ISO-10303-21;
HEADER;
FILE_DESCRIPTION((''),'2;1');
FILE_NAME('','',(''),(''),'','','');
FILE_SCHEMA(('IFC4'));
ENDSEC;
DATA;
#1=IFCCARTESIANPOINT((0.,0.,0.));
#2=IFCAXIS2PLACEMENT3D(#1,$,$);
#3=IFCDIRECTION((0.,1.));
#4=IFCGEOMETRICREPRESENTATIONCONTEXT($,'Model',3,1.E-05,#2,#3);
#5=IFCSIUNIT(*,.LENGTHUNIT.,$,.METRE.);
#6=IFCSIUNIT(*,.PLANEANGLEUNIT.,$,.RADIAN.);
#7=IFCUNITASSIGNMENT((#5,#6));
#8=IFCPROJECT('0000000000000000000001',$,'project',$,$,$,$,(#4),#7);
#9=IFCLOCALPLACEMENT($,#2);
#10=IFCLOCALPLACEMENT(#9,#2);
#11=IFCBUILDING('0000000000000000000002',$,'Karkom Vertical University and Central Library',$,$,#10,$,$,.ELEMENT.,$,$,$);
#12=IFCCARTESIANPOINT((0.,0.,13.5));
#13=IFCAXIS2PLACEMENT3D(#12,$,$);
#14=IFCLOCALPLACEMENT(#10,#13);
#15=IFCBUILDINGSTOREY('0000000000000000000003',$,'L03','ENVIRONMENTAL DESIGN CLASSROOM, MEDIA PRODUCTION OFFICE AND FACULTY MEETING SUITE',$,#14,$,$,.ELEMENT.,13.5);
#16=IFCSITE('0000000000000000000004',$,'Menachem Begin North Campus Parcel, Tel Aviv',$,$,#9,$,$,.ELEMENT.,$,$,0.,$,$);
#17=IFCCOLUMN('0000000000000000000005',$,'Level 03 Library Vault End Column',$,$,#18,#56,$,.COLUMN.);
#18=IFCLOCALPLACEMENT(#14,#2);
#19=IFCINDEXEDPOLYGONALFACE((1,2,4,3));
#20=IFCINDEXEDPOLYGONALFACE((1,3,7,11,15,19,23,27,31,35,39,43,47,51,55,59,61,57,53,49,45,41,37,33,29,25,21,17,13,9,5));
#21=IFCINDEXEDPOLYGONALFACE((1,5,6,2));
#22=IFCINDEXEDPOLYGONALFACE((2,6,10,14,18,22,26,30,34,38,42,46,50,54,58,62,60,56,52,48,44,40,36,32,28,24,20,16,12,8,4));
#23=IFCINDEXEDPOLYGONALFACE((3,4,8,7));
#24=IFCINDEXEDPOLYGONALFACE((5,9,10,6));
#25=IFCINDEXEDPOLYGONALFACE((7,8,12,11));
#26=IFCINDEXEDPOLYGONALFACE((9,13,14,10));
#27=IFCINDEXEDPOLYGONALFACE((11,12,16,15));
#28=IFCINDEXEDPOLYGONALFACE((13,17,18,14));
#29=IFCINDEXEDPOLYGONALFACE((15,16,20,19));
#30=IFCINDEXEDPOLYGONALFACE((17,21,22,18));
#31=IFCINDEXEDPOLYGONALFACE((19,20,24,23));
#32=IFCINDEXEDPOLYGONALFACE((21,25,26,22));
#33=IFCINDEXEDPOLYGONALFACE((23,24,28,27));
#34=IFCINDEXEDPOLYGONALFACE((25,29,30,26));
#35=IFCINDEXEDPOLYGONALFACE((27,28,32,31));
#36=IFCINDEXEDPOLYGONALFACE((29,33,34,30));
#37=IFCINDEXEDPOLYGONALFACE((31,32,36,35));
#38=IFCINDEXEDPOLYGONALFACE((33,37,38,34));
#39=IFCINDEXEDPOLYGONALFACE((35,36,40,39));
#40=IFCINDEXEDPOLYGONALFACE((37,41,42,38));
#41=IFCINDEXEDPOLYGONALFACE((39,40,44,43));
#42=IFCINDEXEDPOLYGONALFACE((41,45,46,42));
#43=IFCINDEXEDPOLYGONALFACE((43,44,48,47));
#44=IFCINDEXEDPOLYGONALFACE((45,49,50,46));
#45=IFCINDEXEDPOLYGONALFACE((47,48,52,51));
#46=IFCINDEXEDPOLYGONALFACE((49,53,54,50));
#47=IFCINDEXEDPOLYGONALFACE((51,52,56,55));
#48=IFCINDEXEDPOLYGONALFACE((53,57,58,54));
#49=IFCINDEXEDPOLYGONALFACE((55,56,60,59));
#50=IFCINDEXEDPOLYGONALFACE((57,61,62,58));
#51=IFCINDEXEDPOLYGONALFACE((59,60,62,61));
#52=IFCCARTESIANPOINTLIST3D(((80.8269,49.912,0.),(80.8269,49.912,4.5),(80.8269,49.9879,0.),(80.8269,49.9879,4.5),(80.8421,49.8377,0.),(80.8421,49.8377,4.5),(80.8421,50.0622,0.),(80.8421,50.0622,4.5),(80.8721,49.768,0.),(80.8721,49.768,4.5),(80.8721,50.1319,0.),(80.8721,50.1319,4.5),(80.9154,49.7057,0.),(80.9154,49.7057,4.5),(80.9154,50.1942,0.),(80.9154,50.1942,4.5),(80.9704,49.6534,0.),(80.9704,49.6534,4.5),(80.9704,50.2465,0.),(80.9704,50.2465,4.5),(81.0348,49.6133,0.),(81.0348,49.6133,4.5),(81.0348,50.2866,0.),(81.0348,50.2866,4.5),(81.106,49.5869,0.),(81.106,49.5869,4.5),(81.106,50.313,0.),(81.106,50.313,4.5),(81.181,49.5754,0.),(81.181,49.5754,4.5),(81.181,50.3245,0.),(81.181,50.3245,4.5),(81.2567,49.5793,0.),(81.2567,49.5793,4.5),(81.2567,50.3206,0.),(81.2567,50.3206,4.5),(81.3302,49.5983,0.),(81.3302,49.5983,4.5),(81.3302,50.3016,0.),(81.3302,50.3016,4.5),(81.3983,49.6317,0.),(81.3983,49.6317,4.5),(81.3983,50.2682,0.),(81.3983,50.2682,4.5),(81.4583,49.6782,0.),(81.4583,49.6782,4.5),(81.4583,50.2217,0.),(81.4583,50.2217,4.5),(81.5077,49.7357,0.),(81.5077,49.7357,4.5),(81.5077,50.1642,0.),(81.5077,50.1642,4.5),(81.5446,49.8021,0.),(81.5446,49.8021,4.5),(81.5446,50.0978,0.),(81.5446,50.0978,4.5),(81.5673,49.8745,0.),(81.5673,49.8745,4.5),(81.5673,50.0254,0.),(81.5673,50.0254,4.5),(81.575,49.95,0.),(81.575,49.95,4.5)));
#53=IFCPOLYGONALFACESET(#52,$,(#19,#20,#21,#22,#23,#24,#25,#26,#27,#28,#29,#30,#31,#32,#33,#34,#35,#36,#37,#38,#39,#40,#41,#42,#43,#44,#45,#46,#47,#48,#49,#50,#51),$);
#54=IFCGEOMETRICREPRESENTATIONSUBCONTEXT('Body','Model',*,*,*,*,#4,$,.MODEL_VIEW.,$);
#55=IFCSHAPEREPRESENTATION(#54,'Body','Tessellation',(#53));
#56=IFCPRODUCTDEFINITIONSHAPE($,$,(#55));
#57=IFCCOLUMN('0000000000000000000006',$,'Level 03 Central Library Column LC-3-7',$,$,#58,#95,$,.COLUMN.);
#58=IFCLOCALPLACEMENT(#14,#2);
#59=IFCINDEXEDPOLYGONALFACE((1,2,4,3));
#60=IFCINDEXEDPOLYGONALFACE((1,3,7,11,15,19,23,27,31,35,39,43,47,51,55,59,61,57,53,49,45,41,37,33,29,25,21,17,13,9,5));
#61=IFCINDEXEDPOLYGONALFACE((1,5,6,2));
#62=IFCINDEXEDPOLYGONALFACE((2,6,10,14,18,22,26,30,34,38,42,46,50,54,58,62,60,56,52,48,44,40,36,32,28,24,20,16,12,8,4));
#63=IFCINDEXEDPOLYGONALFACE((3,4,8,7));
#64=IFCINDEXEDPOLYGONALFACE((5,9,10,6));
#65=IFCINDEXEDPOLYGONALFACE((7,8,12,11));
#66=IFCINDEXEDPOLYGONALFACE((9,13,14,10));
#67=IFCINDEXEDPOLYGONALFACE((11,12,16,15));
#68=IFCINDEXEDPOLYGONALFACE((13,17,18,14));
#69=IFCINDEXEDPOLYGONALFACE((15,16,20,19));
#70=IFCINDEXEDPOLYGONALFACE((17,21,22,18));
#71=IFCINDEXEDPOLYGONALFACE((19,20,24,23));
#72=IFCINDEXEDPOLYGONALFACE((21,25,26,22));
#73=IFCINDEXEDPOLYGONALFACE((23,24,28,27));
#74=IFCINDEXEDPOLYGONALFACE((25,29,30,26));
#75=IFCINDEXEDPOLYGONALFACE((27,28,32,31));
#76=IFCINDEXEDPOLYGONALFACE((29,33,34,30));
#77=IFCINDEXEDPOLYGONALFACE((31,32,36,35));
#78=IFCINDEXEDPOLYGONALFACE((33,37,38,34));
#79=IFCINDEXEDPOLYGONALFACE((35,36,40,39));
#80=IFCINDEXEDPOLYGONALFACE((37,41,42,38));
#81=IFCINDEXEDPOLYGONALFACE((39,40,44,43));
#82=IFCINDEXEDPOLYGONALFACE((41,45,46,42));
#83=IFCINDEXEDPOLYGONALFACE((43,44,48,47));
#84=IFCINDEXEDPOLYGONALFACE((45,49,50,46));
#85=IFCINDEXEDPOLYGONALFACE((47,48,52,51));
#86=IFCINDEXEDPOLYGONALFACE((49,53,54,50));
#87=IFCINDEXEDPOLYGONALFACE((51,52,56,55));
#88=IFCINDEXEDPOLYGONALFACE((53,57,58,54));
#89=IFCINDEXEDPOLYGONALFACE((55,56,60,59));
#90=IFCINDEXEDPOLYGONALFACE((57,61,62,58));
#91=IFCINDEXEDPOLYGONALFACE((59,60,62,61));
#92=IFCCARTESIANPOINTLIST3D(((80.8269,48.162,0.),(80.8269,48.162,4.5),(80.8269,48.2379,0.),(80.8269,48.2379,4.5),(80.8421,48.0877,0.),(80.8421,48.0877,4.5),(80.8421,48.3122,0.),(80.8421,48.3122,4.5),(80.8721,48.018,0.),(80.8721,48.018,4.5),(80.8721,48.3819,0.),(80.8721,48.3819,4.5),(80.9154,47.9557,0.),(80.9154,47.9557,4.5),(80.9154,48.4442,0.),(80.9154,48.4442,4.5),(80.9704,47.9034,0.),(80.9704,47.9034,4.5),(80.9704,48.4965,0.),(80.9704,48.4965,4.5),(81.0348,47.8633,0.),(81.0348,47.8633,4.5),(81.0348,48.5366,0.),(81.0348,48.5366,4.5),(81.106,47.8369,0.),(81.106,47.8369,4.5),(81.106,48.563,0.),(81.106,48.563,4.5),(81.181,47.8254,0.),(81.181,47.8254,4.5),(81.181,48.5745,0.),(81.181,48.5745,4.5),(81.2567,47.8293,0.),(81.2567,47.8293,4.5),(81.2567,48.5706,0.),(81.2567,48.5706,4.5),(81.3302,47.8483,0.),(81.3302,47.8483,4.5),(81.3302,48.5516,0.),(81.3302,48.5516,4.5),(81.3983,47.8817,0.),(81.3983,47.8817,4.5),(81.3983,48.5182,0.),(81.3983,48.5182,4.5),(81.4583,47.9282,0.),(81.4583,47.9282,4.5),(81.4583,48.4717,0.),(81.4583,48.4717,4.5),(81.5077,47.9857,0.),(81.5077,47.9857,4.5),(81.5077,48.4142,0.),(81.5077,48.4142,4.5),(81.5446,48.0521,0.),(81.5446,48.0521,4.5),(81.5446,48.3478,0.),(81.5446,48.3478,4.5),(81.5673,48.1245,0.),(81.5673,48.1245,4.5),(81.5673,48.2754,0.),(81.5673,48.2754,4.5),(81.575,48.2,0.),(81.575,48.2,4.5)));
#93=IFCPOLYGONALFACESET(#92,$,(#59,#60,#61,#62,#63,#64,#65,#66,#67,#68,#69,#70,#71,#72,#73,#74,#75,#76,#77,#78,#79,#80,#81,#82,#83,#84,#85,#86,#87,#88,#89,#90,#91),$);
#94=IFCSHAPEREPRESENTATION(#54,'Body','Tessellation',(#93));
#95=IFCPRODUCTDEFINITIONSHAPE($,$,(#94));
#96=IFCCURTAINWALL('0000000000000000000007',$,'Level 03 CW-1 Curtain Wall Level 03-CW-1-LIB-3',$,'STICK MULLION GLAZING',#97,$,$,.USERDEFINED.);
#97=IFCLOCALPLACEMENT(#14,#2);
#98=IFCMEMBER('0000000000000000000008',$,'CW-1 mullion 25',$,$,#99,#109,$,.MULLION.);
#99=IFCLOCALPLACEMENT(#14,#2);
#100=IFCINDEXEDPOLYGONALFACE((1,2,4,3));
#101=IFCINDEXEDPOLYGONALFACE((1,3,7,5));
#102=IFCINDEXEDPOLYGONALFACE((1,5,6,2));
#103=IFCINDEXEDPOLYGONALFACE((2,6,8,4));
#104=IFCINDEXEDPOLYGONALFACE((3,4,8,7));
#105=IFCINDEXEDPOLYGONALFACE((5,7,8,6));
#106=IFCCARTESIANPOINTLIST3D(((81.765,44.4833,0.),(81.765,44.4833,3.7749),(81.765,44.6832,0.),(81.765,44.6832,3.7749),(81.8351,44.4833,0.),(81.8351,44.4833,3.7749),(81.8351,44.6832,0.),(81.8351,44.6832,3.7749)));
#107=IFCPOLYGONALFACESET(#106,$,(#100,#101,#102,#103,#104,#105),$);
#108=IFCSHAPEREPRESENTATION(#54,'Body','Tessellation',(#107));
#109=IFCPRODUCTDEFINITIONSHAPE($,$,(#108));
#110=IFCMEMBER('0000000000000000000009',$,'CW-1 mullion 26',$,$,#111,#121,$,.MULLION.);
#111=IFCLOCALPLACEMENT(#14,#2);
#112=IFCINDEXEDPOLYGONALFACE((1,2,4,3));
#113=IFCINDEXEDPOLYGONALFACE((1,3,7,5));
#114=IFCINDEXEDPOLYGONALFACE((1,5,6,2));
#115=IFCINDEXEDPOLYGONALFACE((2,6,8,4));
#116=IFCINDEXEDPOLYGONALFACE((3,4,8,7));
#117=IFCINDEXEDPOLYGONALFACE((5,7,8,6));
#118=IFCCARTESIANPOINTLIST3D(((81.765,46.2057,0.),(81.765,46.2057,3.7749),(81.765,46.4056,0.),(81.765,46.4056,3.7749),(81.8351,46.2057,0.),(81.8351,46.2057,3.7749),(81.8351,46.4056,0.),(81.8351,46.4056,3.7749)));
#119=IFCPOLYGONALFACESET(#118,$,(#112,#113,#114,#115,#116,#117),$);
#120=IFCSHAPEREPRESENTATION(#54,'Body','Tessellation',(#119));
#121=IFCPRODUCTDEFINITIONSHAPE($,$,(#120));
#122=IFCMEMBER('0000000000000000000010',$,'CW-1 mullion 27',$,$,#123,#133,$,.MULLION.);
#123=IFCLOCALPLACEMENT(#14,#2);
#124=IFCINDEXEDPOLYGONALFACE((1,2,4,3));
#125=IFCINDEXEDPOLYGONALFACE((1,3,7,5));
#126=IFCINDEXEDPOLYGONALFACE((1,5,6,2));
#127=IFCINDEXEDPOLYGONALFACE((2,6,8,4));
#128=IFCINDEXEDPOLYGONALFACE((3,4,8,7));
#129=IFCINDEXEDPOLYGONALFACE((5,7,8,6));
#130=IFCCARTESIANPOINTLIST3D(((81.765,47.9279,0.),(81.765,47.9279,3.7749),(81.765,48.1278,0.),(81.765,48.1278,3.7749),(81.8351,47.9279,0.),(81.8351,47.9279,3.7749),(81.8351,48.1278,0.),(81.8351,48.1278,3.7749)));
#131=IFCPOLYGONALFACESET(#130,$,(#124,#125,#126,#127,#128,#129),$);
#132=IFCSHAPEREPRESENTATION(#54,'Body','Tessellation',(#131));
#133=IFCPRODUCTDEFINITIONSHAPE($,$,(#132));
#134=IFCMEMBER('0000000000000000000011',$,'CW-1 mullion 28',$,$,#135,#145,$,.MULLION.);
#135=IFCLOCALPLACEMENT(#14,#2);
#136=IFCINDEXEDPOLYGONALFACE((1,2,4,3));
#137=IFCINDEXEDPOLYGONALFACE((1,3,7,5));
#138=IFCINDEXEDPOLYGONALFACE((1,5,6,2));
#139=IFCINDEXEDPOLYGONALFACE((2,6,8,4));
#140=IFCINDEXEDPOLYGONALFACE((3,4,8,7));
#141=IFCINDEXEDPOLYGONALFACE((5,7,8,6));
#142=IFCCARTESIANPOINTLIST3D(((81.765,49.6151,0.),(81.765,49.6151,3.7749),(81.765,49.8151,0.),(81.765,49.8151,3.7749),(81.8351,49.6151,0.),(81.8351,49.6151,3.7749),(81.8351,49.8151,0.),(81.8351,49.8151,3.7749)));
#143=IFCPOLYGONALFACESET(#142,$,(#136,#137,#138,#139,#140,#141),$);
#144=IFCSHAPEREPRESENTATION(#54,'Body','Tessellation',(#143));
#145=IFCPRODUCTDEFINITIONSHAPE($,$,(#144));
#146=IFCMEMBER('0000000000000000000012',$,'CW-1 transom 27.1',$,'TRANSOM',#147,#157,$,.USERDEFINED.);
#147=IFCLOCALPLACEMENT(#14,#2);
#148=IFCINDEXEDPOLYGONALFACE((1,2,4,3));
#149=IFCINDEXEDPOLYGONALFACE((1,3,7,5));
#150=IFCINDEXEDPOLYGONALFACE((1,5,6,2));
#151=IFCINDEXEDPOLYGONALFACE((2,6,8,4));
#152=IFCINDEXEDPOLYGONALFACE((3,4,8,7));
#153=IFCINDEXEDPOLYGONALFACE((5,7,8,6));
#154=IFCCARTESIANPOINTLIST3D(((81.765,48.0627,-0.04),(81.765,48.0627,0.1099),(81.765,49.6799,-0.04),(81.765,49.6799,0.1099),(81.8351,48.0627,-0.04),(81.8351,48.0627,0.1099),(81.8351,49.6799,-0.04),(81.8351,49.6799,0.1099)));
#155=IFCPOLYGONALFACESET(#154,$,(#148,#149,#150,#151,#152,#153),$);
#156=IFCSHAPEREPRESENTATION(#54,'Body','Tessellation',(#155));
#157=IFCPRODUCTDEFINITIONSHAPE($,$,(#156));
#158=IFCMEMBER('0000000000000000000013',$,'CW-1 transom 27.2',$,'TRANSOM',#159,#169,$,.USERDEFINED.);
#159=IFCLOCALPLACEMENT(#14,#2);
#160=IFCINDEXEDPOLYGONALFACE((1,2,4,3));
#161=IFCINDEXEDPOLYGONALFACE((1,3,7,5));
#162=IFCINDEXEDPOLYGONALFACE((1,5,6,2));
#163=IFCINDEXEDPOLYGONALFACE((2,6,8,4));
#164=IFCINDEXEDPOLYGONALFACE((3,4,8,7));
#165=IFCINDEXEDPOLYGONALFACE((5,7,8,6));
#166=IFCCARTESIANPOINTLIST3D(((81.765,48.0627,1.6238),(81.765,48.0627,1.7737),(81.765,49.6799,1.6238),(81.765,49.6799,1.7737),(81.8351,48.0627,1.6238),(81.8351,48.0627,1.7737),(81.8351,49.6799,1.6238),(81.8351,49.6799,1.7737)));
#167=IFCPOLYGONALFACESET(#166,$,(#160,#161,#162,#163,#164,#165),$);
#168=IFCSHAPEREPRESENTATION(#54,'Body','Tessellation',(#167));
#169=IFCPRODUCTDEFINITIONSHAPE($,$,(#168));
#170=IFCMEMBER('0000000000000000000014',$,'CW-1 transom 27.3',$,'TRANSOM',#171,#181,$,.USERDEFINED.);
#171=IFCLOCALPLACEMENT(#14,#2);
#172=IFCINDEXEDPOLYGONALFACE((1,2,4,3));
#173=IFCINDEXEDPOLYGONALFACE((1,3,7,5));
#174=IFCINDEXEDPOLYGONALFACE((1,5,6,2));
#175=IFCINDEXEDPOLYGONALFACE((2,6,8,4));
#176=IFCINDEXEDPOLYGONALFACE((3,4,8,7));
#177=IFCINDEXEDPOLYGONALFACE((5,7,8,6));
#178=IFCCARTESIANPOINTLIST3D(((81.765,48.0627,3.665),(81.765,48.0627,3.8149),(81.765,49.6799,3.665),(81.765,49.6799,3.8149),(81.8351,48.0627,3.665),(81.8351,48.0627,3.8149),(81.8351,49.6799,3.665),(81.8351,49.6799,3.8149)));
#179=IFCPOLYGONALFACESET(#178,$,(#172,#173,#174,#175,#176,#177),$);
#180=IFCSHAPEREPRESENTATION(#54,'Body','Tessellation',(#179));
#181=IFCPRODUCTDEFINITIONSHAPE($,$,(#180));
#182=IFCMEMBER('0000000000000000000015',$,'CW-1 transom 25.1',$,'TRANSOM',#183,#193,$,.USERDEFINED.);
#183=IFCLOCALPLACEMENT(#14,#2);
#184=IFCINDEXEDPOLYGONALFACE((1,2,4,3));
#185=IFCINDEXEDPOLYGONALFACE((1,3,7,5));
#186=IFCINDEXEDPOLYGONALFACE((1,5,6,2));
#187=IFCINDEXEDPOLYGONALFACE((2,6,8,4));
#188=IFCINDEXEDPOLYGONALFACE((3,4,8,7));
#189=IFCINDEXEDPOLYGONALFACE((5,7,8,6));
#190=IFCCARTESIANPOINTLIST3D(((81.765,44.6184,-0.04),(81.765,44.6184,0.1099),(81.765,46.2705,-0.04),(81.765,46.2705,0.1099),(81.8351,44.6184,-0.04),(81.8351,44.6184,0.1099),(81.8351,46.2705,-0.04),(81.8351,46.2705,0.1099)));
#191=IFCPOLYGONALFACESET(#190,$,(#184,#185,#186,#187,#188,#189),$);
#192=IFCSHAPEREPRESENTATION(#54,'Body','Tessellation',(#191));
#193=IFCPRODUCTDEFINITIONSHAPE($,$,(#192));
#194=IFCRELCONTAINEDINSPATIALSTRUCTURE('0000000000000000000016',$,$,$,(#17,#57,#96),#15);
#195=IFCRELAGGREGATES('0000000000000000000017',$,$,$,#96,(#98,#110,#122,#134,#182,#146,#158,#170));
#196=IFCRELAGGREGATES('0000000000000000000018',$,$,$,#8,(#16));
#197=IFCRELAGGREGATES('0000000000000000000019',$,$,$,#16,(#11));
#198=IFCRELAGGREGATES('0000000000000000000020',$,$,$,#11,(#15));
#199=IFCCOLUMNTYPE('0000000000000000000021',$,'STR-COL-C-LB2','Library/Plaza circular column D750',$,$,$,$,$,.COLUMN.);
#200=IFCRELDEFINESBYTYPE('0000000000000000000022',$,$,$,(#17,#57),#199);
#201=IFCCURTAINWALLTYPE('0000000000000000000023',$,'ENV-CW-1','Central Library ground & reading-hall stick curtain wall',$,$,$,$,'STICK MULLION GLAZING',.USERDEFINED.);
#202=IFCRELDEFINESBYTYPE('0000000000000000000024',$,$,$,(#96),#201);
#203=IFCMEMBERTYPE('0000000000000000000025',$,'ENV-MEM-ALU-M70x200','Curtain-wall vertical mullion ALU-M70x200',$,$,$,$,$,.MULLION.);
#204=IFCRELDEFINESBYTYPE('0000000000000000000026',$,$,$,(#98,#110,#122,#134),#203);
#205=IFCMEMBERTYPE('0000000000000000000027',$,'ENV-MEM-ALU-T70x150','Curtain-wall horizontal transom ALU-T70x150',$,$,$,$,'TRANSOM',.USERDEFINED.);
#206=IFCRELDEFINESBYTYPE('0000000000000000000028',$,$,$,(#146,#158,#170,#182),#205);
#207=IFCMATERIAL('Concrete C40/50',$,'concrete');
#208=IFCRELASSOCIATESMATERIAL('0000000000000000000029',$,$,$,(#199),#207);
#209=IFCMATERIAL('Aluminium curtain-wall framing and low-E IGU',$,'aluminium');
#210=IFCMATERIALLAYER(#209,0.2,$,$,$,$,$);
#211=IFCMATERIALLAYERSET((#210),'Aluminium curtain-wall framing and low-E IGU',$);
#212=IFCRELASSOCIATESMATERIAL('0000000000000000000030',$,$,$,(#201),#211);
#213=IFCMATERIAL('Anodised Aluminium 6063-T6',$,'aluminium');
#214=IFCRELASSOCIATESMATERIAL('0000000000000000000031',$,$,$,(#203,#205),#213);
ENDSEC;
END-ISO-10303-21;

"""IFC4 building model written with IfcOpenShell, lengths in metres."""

from ifc_helpers import new_model, si_unit, direction, frame, origin, origin_with_axes, origin_2d, place, context, subcontext, project, spatial, rectangle, circle, extrude, source, transform, mapped, material, layer, layer_set, material_profile, profile_set, type_object, element, aggregate, save


model = new_model("IFC4")

# Units and contexts
model_context = context("Model", 3, precision=1e-05, world=origin(), true_north=direction((0.0, 1.0)))
body_context = subcontext(model_context, "Body", "Model", "MODEL_VIEW")
ifc_project = project(units=[si_unit("LENGTHUNIT", "METRE"), si_unit("PLANEANGLEUNIT", "RADIAN")], contexts=[model_context])

# Site, building, storey
site_placement = place(None, origin())
site = spatial("IfcSite", under=ifc_project, at=site_placement, Name="Menachem Begin North Campus Parcel, Tel Aviv", CompositionType="ELEMENT", RefElevation=0.0)
building_placement = place(site_placement, origin())
building = spatial("IfcBuilding", under=site, at=building_placement, Name="Karkom Vertical University and Central Library", CompositionType="ELEMENT")
storey_placement = place(building_placement, frame((0.0, 0.0, 13.5)))
storey = spatial("IfcBuildingStorey", under=building, at=storey_placement, Name="L03", Description="ENVIRONMENTAL DESIGN CLASSROOM, MEDIA PRODUCTION OFFICE AND FACULTY MEETING SUITE", CompositionType="ELEMENT", Elevation=13.5)

# Columns
ifc_material_1 = material(Name="Concrete C40/50", Category="concrete")
ifc_material_profile_1 = material_profile(ifc_material_1, circle(Radius=0.375, at=origin_2d()), Name="RC-D750")
ifc_profile_set_1 = profile_set([ifc_material_profile_1], Name="Concrete C40/50")
column_type = type_object("IfcColumnType", Name="STR-COL-C-LB2", Description="Library/Plaza circular column D750", PredefinedType="COLUMN", material=ifc_profile_set_1)
shared_shape_1 = source(origin_with_axes(), body_context, "Body", "SweptSolid", [
    extrude(circle(Radius=0.375, at=origin_2d()), origin(), (0.0, 0.0, 1.0), 4.5),
])
for number, where, z_axis, x_axis, name in (
    (1, (81.2, 49.95, 0.0), (0.0, 0.0, 1.0), (1.0, 0.0, 0.0), "Level 03 Library Vault End Column"),
    (2, (81.2, 48.2, 0.0), (0.0, 0.0, 1.0), (1.0, 0.0, 0.0), "Level 03 Central Library Column LC-3-7"),
):
    element("IfcColumn", number, at=place(storey_placement, frame(where, z_axis=z_axis, x_axis=x_axis)), inside=storey, type_object=column_type, Name=name, PredefinedType="COLUMN", context=body_context, shape_type="MappedRepresentation", body=[
        mapped(shared_shape_1, transform((0.0, 0.0, 0.0), scale=1.0)),
    ])

# Curtain wall, members
ifc_material_2 = material(Name="Aluminium curtain-wall framing and low-E IGU", Category="aluminium")
ifc_layer_1 = layer(ifc_material_2, 0.2)
ifc_layer_set_1 = layer_set([ifc_layer_1], Name="Aluminium curtain-wall framing and low-E IGU")
curtain_wall_type = type_object("IfcCurtainWallType", Name="ENV-CW-1", Description="Central Library ground & reading-hall stick curtain wall", ElementType="STICK MULLION GLAZING", PredefinedType="USERDEFINED", material=ifc_layer_set_1)
curtain_wall_placement = place(storey_placement, origin())
curtain_wall = element("IfcCurtainWall", 3, at=curtain_wall_placement, inside=storey, type_object=curtain_wall_type, Name="Level 03 CW-1 Curtain Wall Level 03-CW-1-LIB-3", ObjectType="STICK MULLION GLAZING", PredefinedType="USERDEFINED")
ifc_material_3 = material(Name="Anodised Aluminium 6063-T6", Category="aluminium")
ifc_material_profile_2 = material_profile(ifc_material_3, rectangle(XDim=0.0701, YDim=0.2, at=origin_2d()), Name="ALU-M70x200")
ifc_profile_set_2 = profile_set([ifc_material_profile_2], Name="Anodised Aluminium 6063-T6")
member_type_1 = type_object("IfcMemberType", Name="ENV-MEM-ALU-M70x200", Description="Curtain-wall vertical mullion ALU-M70x200", PredefinedType="MULLION", material=ifc_profile_set_2)
shared_shape_2 = source(origin_with_axes(), body_context, "Body", "SweptSolid", [
    extrude(rectangle(XDim=0.0701, YDim=0.2, at=origin_2d()), origin(), (0.0, 0.0, 1.0), 3.7749),
])
member_1_placement = place(storey_placement, frame((81.8, 44.5833, 0.0), z_axis=(0.0, 0.0, 1.0), x_axis=(-1.0, 0.0, 0.0)))
member_1 = element("IfcMember", 4, at=member_1_placement, type_object=member_type_1, Name="CW-1 mullion 25", PredefinedType="MULLION", context=body_context, shape_type="MappedRepresentation", body=[
    mapped(shared_shape_2, transform((0.0, 0.0, 0.0), scale=1.0)),
])
member_2_placement = place(storey_placement, frame((81.8, 46.3057, 0.0), z_axis=(0.0, 0.0, 1.0), x_axis=(-1.0, 0.0, 0.0)))
member_2 = element("IfcMember", 5, at=member_2_placement, type_object=member_type_1, Name="CW-1 mullion 26", PredefinedType="MULLION", context=body_context, shape_type="MappedRepresentation", body=[
    mapped(shared_shape_2, transform((0.0, 0.0, 0.0), scale=1.0)),
])
member_3_placement = place(storey_placement, frame((81.8, 48.0278, 0.0), z_axis=(0.0, 0.0, 1.0), x_axis=(-1.0, 0.0, 0.0)))
member_3 = element("IfcMember", 6, at=member_3_placement, type_object=member_type_1, Name="CW-1 mullion 27", PredefinedType="MULLION", context=body_context, shape_type="MappedRepresentation", body=[
    mapped(shared_shape_2, transform((0.0, 0.0, 0.0), scale=1.0)),
])
member_4_placement = place(storey_placement, frame((81.8, 49.7151, 0.0), z_axis=(0.0, 0.0, 1.0), x_axis=(-1.0, 0.0, 0.0)))
member_4 = element("IfcMember", 7, at=member_4_placement, type_object=member_type_1, Name="CW-1 mullion 28", PredefinedType="MULLION", context=body_context, shape_type="MappedRepresentation", body=[
    mapped(shared_shape_2, transform((0.0, 0.0, 0.0), scale=1.0)),
])
ifc_material_profile_3 = material_profile(ifc_material_3, rectangle(XDim=0.0701, YDim=0.1499, at=origin_2d()), Name="ALU-T70x150")
ifc_profile_set_3 = profile_set([ifc_material_profile_3], Name="Anodised Aluminium 6063-T6")
member_type_2 = type_object("IfcMemberType", Name="ENV-MEM-ALU-T70x150", Description="Curtain-wall horizontal transom ALU-T70x150", ElementType="TRANSOM", PredefinedType="USERDEFINED", material=ifc_profile_set_3)
shared_shape_3 = source(origin_with_axes(), body_context, "Body", "SweptSolid", [
    extrude(rectangle(XDim=0.0701, YDim=0.1499, at=origin_2d()), origin(), (0.0, 0.0, 1.0), 1.6172),
])
member_5_placement = place(storey_placement, frame((81.8, 48.0627, 0.0349), z_axis=(0.0, 1.0, 0.0), x_axis=(-1.0, 0.0, 0.0)))
member_5 = element("IfcMember", 8, at=member_5_placement, type_object=member_type_2, Name="CW-1 transom 27.1", ObjectType="TRANSOM", PredefinedType="USERDEFINED", context=body_context, shape_type="MappedRepresentation", body=[
    mapped(shared_shape_3, transform((0.0, 0.0, 0.0), scale=1.0)),
])
member_6_placement = place(storey_placement, frame((81.8, 48.0627, 1.6987), z_axis=(0.0, 1.0, 0.0), x_axis=(-1.0, 0.0, 0.0)))
member_6 = element("IfcMember", 9, at=member_6_placement, type_object=member_type_2, Name="CW-1 transom 27.2", ObjectType="TRANSOM", PredefinedType="USERDEFINED", context=body_context, shape_type="MappedRepresentation", body=[
    mapped(shared_shape_3, transform((0.0, 0.0, 0.0), scale=1.0)),
])
member_7_placement = place(storey_placement, frame((81.8, 48.0627, 3.74), z_axis=(0.0, 1.0, 0.0), x_axis=(-1.0, 0.0, 0.0)))
member_7 = element("IfcMember", 10, at=member_7_placement, type_object=member_type_2, Name="CW-1 transom 27.3", ObjectType="TRANSOM", PredefinedType="USERDEFINED", context=body_context, shape_type="MappedRepresentation", body=[
    mapped(shared_shape_3, transform((0.0, 0.0, 0.0), scale=1.0)),
])
shared_shape_4 = source(origin_with_axes(), body_context, "Body", "SweptSolid", [
    extrude(rectangle(XDim=0.0701, YDim=0.1499, at=origin_2d()), origin(), (0.0, 0.0, 1.0), 1.6521),
])
member_8_placement = place(storey_placement, frame((81.8, 44.6184, 0.0349), z_axis=(0.0, 1.0, 0.0), x_axis=(-1.0, 0.0, 0.0)))
member_8 = element("IfcMember", 11, at=member_8_placement, type_object=member_type_2, Name="CW-1 transom 25.1", ObjectType="TRANSOM", PredefinedType="USERDEFINED", context=body_context, shape_type="MappedRepresentation", body=[
    mapped(shared_shape_4, transform((0.0, 0.0, 0.0), scale=1.0)),
])
aggregate(curtain_wall, [member_1, member_2, member_3, member_4, member_8, member_5, member_6, member_7])

save(model, "model.ifc")
